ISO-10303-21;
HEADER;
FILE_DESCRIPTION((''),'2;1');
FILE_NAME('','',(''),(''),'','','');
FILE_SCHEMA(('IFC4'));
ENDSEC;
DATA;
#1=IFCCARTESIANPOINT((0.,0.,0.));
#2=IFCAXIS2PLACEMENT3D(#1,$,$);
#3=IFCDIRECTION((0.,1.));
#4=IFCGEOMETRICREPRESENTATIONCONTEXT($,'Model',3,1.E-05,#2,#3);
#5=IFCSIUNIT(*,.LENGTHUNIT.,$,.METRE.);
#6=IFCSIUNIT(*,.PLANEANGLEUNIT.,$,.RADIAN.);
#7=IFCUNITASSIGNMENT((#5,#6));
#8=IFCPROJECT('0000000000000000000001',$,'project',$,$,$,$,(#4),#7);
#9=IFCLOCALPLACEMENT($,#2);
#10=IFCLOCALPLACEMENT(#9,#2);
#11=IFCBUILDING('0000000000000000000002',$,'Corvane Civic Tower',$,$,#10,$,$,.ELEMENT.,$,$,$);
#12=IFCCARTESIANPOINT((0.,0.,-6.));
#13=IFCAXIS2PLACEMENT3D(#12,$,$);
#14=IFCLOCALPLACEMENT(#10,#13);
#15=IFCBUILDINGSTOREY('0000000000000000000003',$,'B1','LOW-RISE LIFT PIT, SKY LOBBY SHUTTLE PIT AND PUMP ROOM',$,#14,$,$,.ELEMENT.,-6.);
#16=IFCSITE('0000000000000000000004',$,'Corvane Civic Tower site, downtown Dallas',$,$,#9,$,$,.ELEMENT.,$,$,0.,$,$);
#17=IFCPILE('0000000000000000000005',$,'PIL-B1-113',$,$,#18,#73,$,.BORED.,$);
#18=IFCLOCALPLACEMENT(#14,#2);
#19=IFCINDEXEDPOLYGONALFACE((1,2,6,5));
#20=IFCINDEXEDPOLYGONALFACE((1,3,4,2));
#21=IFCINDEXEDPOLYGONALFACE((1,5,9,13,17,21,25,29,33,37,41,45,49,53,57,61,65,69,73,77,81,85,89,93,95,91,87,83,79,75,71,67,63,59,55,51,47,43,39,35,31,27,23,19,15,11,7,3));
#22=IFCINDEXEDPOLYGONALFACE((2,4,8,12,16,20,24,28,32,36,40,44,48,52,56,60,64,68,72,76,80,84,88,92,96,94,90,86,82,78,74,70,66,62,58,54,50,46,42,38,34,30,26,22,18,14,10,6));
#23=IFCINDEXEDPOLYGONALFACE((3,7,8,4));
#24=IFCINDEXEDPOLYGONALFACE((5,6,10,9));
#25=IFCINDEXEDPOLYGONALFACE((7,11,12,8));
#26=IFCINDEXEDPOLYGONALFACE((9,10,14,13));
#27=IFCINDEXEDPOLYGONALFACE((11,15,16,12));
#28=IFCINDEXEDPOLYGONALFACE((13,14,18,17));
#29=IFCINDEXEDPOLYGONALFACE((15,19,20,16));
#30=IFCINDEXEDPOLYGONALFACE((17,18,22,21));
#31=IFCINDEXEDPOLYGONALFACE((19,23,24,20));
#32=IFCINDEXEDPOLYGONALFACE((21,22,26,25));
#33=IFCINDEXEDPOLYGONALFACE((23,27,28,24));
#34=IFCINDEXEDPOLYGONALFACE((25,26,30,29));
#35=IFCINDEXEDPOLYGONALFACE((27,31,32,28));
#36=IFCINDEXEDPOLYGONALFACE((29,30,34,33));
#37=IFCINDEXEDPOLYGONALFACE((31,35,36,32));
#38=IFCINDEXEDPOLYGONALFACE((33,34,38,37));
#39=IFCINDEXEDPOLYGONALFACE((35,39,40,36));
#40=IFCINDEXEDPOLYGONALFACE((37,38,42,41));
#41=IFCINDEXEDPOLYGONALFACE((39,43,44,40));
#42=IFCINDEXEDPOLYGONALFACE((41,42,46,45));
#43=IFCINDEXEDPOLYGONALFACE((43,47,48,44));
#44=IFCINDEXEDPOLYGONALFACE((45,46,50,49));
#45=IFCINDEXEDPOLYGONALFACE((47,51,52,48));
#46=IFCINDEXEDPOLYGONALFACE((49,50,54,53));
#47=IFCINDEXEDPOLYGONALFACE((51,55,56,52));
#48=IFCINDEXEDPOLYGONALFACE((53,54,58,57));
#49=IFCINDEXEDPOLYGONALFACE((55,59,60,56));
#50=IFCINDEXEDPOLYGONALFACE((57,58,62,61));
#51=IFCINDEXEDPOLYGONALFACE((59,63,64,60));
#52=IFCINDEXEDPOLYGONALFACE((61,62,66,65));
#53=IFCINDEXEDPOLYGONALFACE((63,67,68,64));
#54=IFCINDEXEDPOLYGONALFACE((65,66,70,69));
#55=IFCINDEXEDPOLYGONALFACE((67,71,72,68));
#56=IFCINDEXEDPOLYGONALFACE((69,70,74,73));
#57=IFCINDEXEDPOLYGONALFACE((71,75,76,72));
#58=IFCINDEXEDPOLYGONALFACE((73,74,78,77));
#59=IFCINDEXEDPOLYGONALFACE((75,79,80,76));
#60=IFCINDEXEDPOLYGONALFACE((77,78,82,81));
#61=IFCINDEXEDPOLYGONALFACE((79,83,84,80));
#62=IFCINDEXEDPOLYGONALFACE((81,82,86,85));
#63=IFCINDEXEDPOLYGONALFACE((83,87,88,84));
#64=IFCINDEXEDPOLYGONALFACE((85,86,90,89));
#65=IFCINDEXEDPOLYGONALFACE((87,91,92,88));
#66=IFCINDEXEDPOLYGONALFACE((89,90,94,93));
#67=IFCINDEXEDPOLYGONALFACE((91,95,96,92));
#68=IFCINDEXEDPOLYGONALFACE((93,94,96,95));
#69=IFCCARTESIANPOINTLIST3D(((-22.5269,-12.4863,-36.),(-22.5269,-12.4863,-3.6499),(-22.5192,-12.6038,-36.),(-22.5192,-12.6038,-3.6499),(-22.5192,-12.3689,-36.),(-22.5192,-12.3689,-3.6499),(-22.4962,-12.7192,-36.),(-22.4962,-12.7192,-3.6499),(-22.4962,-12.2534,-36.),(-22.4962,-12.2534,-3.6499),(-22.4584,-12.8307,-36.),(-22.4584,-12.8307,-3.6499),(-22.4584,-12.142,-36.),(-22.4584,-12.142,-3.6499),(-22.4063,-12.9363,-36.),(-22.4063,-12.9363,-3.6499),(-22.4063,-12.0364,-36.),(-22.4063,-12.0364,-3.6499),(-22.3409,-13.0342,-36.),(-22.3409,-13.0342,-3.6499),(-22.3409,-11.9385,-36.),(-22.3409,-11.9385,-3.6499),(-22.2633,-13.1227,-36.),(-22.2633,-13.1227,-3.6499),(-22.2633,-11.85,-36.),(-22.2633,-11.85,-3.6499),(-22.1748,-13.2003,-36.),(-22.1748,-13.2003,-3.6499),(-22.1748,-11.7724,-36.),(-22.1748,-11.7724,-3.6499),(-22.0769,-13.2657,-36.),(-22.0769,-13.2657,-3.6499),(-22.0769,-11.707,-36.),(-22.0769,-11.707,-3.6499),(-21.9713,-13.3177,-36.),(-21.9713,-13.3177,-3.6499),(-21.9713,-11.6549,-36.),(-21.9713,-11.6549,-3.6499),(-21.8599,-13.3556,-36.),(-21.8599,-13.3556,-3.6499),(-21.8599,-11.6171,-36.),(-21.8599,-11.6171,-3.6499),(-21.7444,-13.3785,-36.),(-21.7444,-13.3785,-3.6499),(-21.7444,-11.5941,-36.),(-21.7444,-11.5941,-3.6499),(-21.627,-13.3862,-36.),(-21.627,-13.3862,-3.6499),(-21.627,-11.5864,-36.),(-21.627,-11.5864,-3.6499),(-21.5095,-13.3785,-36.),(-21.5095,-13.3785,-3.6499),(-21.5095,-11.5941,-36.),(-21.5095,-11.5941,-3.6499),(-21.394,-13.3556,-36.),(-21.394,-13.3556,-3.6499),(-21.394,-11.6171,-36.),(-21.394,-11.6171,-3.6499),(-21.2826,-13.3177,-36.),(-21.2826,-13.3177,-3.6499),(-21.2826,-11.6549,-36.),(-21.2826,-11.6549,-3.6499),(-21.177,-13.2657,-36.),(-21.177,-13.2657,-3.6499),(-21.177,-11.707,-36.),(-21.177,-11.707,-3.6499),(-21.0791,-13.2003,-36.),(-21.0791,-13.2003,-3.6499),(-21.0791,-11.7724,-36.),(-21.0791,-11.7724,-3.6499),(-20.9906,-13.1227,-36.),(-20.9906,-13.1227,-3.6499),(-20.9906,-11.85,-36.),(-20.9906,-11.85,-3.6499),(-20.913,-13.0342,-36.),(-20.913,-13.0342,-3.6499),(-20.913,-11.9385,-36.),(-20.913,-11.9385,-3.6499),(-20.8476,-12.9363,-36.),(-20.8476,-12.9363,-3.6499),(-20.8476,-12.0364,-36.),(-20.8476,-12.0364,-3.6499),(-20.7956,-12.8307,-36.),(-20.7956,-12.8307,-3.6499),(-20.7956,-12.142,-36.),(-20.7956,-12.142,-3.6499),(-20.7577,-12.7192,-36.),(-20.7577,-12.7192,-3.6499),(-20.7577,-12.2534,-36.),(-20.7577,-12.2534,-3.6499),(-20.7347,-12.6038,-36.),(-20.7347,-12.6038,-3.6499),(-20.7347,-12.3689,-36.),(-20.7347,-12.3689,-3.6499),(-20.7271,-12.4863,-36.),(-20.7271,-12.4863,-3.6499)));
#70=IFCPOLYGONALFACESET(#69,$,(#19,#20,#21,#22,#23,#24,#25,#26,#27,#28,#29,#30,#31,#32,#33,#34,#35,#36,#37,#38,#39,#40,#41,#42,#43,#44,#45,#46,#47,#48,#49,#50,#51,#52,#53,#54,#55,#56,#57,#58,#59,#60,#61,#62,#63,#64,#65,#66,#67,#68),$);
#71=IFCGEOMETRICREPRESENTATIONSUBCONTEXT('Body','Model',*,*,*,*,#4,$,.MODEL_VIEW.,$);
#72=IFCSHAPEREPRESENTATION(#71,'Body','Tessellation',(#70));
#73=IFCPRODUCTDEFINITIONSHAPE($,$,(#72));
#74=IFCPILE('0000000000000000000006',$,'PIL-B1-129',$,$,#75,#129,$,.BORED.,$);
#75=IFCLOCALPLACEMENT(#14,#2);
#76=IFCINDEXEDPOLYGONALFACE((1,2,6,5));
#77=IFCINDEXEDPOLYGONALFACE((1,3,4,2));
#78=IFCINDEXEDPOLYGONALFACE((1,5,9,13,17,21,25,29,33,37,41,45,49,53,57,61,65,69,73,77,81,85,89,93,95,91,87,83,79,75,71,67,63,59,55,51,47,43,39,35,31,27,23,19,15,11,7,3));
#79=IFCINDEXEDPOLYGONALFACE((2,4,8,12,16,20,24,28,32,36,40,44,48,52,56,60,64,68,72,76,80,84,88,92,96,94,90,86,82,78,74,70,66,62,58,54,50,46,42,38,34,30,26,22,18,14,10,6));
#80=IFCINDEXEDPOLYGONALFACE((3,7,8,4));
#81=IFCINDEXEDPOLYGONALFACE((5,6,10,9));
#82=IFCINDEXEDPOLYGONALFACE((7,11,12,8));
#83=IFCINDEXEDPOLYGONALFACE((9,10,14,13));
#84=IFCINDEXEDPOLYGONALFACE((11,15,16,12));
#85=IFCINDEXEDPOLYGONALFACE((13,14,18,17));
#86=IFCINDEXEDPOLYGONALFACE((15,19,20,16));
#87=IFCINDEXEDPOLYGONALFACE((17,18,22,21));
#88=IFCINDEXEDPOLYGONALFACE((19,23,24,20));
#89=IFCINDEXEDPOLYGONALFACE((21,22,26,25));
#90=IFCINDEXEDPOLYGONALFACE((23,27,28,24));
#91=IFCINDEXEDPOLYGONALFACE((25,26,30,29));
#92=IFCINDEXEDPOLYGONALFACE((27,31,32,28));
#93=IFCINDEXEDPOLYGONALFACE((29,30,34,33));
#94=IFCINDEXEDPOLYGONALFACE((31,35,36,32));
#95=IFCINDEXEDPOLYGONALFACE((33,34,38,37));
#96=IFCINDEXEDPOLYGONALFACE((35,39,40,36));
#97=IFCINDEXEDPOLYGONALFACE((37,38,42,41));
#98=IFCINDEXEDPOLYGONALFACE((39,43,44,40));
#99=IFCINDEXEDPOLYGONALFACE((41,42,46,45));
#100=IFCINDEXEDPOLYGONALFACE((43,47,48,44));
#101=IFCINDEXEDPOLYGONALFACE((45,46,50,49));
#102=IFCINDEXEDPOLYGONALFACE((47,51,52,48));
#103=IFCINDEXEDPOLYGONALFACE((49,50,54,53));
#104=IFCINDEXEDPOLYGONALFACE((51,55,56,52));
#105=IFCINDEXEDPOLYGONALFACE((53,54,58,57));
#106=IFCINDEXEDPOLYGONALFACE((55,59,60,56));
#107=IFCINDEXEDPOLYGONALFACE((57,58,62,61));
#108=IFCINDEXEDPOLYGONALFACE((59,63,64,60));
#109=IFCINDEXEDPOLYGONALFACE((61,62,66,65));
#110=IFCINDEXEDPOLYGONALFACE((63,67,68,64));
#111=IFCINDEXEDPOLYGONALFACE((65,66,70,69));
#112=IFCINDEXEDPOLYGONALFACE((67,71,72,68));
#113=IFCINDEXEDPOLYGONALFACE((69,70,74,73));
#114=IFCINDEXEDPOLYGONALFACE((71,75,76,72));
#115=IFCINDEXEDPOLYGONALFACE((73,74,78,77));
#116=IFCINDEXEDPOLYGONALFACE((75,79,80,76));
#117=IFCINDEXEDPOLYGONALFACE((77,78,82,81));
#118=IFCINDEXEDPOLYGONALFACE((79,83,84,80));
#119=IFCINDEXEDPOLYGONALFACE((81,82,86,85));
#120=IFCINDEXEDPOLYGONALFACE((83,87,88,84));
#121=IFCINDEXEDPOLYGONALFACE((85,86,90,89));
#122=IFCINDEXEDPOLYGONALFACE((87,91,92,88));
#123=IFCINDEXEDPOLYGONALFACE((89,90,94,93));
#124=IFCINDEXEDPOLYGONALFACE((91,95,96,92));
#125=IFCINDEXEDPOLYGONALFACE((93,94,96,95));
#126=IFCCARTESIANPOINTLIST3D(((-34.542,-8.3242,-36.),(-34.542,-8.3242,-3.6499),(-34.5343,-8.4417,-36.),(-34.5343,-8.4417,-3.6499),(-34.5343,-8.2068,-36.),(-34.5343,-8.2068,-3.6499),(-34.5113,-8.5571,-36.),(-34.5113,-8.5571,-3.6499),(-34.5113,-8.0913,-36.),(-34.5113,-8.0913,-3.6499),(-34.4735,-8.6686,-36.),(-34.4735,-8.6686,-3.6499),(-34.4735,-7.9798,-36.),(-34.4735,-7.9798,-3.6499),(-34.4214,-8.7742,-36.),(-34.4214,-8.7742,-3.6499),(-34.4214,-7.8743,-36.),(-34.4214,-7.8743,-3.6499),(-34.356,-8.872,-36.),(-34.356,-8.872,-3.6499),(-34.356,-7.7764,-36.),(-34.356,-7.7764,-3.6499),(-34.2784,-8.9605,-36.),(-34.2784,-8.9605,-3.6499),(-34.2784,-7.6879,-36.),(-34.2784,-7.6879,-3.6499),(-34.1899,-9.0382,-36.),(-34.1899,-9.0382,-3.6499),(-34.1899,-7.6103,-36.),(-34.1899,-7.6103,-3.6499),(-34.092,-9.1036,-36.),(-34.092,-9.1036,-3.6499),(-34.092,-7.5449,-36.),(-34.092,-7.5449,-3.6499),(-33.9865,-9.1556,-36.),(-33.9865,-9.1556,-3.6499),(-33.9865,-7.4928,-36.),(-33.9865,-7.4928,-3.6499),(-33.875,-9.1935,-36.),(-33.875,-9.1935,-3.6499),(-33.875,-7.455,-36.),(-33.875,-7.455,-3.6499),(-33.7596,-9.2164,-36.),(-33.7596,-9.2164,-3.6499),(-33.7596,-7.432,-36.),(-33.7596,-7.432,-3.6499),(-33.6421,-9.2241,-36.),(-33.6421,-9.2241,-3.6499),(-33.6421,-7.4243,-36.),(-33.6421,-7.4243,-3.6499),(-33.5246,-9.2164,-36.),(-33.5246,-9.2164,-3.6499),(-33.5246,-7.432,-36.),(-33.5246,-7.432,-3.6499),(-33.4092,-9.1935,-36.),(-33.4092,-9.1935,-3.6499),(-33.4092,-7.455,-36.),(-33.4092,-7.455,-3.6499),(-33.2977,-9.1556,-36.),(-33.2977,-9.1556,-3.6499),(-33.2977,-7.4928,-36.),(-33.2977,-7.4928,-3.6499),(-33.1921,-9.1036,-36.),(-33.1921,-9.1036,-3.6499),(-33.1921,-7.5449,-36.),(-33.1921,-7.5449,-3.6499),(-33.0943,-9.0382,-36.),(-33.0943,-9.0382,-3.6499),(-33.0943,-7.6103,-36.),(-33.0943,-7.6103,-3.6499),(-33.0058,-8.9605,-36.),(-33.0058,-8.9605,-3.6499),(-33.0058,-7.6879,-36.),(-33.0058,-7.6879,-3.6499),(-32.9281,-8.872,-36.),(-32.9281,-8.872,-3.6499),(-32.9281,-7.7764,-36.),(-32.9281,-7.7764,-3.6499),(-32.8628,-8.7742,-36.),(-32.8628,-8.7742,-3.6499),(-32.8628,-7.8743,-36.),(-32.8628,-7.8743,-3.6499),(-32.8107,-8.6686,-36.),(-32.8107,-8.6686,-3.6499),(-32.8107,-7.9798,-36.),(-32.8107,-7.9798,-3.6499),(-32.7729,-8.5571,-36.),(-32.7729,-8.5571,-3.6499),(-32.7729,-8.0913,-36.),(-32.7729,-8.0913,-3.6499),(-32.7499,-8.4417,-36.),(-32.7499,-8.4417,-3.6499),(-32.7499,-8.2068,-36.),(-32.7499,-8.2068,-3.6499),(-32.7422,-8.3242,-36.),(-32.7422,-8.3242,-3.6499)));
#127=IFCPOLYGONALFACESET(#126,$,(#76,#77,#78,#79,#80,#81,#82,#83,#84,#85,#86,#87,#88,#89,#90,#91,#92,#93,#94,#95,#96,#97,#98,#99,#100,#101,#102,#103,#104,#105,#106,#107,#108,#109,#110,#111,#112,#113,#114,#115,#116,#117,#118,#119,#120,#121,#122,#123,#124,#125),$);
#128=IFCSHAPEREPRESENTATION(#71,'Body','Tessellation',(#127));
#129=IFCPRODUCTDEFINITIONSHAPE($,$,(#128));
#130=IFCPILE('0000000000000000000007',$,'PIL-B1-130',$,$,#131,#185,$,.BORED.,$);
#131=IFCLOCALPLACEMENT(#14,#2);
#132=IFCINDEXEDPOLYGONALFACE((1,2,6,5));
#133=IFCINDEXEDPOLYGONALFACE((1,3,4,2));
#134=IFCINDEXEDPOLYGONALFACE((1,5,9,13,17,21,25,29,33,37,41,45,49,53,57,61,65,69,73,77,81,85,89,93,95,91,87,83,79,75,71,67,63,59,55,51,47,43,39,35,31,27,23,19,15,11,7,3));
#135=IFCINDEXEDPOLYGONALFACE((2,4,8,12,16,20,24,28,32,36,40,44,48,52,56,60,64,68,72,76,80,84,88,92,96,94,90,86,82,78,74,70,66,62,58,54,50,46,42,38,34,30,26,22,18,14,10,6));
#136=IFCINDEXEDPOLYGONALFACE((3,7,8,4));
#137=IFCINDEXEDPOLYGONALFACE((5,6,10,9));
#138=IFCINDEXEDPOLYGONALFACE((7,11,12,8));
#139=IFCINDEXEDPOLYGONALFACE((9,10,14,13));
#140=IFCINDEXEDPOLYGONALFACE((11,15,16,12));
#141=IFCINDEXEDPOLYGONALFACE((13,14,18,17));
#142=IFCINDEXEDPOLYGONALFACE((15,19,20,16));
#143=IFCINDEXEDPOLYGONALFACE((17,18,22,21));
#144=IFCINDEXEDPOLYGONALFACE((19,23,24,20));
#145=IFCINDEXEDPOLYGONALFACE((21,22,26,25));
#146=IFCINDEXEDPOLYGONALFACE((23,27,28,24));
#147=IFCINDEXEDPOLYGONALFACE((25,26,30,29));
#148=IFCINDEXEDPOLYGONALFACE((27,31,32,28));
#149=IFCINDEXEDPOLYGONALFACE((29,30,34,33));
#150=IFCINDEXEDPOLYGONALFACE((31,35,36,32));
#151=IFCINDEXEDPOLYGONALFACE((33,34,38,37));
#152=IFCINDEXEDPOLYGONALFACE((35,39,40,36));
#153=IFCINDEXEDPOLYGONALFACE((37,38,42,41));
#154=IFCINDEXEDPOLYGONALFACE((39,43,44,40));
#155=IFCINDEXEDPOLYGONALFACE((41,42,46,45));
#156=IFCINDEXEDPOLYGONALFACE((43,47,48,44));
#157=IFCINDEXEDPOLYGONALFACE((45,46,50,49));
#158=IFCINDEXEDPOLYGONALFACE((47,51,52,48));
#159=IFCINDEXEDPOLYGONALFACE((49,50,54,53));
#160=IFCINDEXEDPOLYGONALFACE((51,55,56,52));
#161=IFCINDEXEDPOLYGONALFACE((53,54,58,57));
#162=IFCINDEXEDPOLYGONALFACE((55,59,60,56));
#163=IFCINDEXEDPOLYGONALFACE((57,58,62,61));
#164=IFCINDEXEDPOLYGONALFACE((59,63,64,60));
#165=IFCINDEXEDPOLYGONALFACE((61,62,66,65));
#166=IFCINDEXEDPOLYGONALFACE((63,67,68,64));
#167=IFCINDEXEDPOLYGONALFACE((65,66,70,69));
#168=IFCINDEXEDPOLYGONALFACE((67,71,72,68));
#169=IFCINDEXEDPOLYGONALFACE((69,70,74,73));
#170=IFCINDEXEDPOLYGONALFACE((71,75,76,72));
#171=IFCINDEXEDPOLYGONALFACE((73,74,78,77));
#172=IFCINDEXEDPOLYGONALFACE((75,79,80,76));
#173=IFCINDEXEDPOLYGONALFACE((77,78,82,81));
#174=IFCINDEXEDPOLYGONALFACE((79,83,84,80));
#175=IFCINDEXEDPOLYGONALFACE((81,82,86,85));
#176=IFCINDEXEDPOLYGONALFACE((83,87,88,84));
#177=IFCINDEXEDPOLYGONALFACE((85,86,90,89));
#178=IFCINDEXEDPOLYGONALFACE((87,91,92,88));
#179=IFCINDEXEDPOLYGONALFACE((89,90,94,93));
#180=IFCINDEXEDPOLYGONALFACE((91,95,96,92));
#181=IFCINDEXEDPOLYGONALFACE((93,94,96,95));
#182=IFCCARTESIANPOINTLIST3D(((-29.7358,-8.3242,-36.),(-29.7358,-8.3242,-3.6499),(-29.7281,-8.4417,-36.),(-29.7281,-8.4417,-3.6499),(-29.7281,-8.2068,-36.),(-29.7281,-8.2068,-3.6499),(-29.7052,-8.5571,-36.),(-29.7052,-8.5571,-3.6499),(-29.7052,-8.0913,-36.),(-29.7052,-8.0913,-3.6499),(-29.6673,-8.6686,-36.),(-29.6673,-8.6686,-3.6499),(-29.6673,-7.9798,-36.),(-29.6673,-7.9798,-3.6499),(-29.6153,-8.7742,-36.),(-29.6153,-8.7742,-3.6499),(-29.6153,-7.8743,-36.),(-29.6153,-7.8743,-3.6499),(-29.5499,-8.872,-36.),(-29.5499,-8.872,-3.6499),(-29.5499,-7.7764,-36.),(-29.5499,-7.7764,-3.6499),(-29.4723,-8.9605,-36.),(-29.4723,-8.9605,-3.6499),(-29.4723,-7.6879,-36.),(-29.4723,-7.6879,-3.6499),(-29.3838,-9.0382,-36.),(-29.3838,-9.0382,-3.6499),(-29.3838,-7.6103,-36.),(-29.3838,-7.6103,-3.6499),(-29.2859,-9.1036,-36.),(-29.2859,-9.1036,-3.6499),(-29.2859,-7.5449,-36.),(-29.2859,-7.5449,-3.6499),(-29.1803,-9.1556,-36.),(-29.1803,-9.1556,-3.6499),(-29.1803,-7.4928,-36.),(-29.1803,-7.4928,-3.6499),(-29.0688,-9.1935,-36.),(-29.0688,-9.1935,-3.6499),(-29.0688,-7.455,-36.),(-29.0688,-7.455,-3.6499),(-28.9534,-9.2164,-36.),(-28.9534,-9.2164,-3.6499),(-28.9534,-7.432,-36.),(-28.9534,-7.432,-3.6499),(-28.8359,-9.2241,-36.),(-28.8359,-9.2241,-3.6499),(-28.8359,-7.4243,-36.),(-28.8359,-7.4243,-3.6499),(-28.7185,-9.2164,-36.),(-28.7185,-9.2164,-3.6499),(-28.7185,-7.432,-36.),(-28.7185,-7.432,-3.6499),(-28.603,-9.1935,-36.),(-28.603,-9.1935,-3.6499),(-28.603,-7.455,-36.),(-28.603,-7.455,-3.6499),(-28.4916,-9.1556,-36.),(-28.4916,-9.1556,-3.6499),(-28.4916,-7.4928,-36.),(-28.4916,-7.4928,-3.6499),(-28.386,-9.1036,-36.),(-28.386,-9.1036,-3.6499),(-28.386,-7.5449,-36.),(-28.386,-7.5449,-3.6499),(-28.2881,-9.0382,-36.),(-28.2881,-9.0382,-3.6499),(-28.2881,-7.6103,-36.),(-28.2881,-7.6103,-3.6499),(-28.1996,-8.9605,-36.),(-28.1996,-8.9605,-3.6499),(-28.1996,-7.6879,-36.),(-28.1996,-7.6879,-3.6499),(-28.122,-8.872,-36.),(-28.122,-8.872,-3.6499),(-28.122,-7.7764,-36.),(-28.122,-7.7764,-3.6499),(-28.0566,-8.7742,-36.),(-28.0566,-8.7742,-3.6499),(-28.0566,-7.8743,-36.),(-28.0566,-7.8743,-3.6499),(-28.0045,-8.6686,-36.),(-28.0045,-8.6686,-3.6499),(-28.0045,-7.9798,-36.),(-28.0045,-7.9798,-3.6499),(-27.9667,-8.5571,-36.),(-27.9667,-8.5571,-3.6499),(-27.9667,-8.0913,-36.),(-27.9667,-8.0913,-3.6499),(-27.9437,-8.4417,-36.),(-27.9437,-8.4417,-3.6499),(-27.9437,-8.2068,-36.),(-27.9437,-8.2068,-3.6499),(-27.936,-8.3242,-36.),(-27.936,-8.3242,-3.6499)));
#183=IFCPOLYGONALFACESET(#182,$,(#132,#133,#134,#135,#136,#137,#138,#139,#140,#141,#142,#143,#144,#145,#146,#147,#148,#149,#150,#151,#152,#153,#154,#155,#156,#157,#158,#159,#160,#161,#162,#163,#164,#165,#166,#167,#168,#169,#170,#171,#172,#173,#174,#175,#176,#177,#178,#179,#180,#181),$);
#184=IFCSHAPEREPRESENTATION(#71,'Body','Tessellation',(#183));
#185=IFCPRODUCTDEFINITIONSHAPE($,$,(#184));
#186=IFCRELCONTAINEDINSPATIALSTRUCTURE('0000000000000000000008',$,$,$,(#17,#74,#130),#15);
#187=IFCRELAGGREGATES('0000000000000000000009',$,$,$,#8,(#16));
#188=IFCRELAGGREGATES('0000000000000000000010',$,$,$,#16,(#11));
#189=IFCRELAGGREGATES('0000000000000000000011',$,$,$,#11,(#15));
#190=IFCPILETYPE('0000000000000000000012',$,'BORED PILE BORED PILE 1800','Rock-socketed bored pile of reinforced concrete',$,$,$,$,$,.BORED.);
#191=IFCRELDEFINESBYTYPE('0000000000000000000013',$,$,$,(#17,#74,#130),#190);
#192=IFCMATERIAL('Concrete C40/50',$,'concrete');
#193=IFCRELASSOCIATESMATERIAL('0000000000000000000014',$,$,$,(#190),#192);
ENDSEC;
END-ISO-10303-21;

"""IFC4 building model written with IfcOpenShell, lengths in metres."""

from ifc_helpers import new_model, si_unit, direction, frame, origin, origin_2d, place, context, subcontext, project, spatial, circle, extrude, material, material_profile, profile_set, type_object, element, save


model = new_model("IFC4")

# Units and contexts
model_context = context("Model", 3, precision=1e-05, world=origin(), true_north=direction((0.0, 1.0)))
body_context = subcontext(model_context, "Body", "Model", "MODEL_VIEW")
ifc_project = project(units=[si_unit("LENGTHUNIT", "METRE"), si_unit("PLANEANGLEUNIT", "RADIAN")], contexts=[model_context])

# Site, building, storey
site_placement = place(None, origin())
site = spatial("IfcSite", under=ifc_project, at=site_placement, Name="Corvane Civic Tower site, downtown Dallas", CompositionType="ELEMENT", RefElevation=0.0)
building_placement = place(site_placement, origin())
building = spatial("IfcBuilding", under=site, at=building_placement, Name="Corvane Civic Tower", CompositionType="ELEMENT")
storey_placement = place(building_placement, frame((0.0, 0.0, -6.0)))
storey = spatial("IfcBuildingStorey", under=building, at=storey_placement, Name="B1", Description="LOW-RISE LIFT PIT, SKY LOBBY SHUTTLE PIT AND PUMP ROOM", CompositionType="ELEMENT", Elevation=-6.0)

# Piles
ifc_material_1 = material(Name="Concrete C40/50", Category="concrete")
ifc_material_profile_1 = material_profile(ifc_material_1, circle(Radius=0.8999, at=origin_2d()), Name="BORED PILE 1800")
ifc_profile_set_1 = profile_set([ifc_material_profile_1], Name="Concrete C40/50")
pile_type = type_object("IfcPileType", Name="BORED PILE BORED PILE 1800", Description="Rock-socketed bored pile of reinforced concrete", PredefinedType="BORED", material=ifc_profile_set_1)
for number, where, z_axis, x_axis, name in (
    (1, (-21.627, -12.4863, -3.6499), (0.0, 0.0, -1.0), (1.0, 0.0, 0.0), "PIL-B1-113"),
    (2, (-33.6421, -8.3242, -3.6499), (0.0, 0.0, -1.0), (1.0, 0.0, 0.0), "PIL-B1-129"),
    (3, (-28.8359, -8.3242, -3.6499), (0.0, 0.0, -1.0), (1.0, 0.0, 0.0), "PIL-B1-130"),
):
    element("IfcPile", number, at=place(storey_placement, frame(where, z_axis=z_axis, x_axis=x_axis)), inside=storey, type_object=pile_type, Name=name, PredefinedType="BORED", context=body_context, shape_type="SweptSolid", body=[
        extrude(circle(Radius=0.8999, at=origin_2d()), origin(), (0.0, 0.0, 1.0), 32.3501),
    ])

save(model, "model.ifc")
